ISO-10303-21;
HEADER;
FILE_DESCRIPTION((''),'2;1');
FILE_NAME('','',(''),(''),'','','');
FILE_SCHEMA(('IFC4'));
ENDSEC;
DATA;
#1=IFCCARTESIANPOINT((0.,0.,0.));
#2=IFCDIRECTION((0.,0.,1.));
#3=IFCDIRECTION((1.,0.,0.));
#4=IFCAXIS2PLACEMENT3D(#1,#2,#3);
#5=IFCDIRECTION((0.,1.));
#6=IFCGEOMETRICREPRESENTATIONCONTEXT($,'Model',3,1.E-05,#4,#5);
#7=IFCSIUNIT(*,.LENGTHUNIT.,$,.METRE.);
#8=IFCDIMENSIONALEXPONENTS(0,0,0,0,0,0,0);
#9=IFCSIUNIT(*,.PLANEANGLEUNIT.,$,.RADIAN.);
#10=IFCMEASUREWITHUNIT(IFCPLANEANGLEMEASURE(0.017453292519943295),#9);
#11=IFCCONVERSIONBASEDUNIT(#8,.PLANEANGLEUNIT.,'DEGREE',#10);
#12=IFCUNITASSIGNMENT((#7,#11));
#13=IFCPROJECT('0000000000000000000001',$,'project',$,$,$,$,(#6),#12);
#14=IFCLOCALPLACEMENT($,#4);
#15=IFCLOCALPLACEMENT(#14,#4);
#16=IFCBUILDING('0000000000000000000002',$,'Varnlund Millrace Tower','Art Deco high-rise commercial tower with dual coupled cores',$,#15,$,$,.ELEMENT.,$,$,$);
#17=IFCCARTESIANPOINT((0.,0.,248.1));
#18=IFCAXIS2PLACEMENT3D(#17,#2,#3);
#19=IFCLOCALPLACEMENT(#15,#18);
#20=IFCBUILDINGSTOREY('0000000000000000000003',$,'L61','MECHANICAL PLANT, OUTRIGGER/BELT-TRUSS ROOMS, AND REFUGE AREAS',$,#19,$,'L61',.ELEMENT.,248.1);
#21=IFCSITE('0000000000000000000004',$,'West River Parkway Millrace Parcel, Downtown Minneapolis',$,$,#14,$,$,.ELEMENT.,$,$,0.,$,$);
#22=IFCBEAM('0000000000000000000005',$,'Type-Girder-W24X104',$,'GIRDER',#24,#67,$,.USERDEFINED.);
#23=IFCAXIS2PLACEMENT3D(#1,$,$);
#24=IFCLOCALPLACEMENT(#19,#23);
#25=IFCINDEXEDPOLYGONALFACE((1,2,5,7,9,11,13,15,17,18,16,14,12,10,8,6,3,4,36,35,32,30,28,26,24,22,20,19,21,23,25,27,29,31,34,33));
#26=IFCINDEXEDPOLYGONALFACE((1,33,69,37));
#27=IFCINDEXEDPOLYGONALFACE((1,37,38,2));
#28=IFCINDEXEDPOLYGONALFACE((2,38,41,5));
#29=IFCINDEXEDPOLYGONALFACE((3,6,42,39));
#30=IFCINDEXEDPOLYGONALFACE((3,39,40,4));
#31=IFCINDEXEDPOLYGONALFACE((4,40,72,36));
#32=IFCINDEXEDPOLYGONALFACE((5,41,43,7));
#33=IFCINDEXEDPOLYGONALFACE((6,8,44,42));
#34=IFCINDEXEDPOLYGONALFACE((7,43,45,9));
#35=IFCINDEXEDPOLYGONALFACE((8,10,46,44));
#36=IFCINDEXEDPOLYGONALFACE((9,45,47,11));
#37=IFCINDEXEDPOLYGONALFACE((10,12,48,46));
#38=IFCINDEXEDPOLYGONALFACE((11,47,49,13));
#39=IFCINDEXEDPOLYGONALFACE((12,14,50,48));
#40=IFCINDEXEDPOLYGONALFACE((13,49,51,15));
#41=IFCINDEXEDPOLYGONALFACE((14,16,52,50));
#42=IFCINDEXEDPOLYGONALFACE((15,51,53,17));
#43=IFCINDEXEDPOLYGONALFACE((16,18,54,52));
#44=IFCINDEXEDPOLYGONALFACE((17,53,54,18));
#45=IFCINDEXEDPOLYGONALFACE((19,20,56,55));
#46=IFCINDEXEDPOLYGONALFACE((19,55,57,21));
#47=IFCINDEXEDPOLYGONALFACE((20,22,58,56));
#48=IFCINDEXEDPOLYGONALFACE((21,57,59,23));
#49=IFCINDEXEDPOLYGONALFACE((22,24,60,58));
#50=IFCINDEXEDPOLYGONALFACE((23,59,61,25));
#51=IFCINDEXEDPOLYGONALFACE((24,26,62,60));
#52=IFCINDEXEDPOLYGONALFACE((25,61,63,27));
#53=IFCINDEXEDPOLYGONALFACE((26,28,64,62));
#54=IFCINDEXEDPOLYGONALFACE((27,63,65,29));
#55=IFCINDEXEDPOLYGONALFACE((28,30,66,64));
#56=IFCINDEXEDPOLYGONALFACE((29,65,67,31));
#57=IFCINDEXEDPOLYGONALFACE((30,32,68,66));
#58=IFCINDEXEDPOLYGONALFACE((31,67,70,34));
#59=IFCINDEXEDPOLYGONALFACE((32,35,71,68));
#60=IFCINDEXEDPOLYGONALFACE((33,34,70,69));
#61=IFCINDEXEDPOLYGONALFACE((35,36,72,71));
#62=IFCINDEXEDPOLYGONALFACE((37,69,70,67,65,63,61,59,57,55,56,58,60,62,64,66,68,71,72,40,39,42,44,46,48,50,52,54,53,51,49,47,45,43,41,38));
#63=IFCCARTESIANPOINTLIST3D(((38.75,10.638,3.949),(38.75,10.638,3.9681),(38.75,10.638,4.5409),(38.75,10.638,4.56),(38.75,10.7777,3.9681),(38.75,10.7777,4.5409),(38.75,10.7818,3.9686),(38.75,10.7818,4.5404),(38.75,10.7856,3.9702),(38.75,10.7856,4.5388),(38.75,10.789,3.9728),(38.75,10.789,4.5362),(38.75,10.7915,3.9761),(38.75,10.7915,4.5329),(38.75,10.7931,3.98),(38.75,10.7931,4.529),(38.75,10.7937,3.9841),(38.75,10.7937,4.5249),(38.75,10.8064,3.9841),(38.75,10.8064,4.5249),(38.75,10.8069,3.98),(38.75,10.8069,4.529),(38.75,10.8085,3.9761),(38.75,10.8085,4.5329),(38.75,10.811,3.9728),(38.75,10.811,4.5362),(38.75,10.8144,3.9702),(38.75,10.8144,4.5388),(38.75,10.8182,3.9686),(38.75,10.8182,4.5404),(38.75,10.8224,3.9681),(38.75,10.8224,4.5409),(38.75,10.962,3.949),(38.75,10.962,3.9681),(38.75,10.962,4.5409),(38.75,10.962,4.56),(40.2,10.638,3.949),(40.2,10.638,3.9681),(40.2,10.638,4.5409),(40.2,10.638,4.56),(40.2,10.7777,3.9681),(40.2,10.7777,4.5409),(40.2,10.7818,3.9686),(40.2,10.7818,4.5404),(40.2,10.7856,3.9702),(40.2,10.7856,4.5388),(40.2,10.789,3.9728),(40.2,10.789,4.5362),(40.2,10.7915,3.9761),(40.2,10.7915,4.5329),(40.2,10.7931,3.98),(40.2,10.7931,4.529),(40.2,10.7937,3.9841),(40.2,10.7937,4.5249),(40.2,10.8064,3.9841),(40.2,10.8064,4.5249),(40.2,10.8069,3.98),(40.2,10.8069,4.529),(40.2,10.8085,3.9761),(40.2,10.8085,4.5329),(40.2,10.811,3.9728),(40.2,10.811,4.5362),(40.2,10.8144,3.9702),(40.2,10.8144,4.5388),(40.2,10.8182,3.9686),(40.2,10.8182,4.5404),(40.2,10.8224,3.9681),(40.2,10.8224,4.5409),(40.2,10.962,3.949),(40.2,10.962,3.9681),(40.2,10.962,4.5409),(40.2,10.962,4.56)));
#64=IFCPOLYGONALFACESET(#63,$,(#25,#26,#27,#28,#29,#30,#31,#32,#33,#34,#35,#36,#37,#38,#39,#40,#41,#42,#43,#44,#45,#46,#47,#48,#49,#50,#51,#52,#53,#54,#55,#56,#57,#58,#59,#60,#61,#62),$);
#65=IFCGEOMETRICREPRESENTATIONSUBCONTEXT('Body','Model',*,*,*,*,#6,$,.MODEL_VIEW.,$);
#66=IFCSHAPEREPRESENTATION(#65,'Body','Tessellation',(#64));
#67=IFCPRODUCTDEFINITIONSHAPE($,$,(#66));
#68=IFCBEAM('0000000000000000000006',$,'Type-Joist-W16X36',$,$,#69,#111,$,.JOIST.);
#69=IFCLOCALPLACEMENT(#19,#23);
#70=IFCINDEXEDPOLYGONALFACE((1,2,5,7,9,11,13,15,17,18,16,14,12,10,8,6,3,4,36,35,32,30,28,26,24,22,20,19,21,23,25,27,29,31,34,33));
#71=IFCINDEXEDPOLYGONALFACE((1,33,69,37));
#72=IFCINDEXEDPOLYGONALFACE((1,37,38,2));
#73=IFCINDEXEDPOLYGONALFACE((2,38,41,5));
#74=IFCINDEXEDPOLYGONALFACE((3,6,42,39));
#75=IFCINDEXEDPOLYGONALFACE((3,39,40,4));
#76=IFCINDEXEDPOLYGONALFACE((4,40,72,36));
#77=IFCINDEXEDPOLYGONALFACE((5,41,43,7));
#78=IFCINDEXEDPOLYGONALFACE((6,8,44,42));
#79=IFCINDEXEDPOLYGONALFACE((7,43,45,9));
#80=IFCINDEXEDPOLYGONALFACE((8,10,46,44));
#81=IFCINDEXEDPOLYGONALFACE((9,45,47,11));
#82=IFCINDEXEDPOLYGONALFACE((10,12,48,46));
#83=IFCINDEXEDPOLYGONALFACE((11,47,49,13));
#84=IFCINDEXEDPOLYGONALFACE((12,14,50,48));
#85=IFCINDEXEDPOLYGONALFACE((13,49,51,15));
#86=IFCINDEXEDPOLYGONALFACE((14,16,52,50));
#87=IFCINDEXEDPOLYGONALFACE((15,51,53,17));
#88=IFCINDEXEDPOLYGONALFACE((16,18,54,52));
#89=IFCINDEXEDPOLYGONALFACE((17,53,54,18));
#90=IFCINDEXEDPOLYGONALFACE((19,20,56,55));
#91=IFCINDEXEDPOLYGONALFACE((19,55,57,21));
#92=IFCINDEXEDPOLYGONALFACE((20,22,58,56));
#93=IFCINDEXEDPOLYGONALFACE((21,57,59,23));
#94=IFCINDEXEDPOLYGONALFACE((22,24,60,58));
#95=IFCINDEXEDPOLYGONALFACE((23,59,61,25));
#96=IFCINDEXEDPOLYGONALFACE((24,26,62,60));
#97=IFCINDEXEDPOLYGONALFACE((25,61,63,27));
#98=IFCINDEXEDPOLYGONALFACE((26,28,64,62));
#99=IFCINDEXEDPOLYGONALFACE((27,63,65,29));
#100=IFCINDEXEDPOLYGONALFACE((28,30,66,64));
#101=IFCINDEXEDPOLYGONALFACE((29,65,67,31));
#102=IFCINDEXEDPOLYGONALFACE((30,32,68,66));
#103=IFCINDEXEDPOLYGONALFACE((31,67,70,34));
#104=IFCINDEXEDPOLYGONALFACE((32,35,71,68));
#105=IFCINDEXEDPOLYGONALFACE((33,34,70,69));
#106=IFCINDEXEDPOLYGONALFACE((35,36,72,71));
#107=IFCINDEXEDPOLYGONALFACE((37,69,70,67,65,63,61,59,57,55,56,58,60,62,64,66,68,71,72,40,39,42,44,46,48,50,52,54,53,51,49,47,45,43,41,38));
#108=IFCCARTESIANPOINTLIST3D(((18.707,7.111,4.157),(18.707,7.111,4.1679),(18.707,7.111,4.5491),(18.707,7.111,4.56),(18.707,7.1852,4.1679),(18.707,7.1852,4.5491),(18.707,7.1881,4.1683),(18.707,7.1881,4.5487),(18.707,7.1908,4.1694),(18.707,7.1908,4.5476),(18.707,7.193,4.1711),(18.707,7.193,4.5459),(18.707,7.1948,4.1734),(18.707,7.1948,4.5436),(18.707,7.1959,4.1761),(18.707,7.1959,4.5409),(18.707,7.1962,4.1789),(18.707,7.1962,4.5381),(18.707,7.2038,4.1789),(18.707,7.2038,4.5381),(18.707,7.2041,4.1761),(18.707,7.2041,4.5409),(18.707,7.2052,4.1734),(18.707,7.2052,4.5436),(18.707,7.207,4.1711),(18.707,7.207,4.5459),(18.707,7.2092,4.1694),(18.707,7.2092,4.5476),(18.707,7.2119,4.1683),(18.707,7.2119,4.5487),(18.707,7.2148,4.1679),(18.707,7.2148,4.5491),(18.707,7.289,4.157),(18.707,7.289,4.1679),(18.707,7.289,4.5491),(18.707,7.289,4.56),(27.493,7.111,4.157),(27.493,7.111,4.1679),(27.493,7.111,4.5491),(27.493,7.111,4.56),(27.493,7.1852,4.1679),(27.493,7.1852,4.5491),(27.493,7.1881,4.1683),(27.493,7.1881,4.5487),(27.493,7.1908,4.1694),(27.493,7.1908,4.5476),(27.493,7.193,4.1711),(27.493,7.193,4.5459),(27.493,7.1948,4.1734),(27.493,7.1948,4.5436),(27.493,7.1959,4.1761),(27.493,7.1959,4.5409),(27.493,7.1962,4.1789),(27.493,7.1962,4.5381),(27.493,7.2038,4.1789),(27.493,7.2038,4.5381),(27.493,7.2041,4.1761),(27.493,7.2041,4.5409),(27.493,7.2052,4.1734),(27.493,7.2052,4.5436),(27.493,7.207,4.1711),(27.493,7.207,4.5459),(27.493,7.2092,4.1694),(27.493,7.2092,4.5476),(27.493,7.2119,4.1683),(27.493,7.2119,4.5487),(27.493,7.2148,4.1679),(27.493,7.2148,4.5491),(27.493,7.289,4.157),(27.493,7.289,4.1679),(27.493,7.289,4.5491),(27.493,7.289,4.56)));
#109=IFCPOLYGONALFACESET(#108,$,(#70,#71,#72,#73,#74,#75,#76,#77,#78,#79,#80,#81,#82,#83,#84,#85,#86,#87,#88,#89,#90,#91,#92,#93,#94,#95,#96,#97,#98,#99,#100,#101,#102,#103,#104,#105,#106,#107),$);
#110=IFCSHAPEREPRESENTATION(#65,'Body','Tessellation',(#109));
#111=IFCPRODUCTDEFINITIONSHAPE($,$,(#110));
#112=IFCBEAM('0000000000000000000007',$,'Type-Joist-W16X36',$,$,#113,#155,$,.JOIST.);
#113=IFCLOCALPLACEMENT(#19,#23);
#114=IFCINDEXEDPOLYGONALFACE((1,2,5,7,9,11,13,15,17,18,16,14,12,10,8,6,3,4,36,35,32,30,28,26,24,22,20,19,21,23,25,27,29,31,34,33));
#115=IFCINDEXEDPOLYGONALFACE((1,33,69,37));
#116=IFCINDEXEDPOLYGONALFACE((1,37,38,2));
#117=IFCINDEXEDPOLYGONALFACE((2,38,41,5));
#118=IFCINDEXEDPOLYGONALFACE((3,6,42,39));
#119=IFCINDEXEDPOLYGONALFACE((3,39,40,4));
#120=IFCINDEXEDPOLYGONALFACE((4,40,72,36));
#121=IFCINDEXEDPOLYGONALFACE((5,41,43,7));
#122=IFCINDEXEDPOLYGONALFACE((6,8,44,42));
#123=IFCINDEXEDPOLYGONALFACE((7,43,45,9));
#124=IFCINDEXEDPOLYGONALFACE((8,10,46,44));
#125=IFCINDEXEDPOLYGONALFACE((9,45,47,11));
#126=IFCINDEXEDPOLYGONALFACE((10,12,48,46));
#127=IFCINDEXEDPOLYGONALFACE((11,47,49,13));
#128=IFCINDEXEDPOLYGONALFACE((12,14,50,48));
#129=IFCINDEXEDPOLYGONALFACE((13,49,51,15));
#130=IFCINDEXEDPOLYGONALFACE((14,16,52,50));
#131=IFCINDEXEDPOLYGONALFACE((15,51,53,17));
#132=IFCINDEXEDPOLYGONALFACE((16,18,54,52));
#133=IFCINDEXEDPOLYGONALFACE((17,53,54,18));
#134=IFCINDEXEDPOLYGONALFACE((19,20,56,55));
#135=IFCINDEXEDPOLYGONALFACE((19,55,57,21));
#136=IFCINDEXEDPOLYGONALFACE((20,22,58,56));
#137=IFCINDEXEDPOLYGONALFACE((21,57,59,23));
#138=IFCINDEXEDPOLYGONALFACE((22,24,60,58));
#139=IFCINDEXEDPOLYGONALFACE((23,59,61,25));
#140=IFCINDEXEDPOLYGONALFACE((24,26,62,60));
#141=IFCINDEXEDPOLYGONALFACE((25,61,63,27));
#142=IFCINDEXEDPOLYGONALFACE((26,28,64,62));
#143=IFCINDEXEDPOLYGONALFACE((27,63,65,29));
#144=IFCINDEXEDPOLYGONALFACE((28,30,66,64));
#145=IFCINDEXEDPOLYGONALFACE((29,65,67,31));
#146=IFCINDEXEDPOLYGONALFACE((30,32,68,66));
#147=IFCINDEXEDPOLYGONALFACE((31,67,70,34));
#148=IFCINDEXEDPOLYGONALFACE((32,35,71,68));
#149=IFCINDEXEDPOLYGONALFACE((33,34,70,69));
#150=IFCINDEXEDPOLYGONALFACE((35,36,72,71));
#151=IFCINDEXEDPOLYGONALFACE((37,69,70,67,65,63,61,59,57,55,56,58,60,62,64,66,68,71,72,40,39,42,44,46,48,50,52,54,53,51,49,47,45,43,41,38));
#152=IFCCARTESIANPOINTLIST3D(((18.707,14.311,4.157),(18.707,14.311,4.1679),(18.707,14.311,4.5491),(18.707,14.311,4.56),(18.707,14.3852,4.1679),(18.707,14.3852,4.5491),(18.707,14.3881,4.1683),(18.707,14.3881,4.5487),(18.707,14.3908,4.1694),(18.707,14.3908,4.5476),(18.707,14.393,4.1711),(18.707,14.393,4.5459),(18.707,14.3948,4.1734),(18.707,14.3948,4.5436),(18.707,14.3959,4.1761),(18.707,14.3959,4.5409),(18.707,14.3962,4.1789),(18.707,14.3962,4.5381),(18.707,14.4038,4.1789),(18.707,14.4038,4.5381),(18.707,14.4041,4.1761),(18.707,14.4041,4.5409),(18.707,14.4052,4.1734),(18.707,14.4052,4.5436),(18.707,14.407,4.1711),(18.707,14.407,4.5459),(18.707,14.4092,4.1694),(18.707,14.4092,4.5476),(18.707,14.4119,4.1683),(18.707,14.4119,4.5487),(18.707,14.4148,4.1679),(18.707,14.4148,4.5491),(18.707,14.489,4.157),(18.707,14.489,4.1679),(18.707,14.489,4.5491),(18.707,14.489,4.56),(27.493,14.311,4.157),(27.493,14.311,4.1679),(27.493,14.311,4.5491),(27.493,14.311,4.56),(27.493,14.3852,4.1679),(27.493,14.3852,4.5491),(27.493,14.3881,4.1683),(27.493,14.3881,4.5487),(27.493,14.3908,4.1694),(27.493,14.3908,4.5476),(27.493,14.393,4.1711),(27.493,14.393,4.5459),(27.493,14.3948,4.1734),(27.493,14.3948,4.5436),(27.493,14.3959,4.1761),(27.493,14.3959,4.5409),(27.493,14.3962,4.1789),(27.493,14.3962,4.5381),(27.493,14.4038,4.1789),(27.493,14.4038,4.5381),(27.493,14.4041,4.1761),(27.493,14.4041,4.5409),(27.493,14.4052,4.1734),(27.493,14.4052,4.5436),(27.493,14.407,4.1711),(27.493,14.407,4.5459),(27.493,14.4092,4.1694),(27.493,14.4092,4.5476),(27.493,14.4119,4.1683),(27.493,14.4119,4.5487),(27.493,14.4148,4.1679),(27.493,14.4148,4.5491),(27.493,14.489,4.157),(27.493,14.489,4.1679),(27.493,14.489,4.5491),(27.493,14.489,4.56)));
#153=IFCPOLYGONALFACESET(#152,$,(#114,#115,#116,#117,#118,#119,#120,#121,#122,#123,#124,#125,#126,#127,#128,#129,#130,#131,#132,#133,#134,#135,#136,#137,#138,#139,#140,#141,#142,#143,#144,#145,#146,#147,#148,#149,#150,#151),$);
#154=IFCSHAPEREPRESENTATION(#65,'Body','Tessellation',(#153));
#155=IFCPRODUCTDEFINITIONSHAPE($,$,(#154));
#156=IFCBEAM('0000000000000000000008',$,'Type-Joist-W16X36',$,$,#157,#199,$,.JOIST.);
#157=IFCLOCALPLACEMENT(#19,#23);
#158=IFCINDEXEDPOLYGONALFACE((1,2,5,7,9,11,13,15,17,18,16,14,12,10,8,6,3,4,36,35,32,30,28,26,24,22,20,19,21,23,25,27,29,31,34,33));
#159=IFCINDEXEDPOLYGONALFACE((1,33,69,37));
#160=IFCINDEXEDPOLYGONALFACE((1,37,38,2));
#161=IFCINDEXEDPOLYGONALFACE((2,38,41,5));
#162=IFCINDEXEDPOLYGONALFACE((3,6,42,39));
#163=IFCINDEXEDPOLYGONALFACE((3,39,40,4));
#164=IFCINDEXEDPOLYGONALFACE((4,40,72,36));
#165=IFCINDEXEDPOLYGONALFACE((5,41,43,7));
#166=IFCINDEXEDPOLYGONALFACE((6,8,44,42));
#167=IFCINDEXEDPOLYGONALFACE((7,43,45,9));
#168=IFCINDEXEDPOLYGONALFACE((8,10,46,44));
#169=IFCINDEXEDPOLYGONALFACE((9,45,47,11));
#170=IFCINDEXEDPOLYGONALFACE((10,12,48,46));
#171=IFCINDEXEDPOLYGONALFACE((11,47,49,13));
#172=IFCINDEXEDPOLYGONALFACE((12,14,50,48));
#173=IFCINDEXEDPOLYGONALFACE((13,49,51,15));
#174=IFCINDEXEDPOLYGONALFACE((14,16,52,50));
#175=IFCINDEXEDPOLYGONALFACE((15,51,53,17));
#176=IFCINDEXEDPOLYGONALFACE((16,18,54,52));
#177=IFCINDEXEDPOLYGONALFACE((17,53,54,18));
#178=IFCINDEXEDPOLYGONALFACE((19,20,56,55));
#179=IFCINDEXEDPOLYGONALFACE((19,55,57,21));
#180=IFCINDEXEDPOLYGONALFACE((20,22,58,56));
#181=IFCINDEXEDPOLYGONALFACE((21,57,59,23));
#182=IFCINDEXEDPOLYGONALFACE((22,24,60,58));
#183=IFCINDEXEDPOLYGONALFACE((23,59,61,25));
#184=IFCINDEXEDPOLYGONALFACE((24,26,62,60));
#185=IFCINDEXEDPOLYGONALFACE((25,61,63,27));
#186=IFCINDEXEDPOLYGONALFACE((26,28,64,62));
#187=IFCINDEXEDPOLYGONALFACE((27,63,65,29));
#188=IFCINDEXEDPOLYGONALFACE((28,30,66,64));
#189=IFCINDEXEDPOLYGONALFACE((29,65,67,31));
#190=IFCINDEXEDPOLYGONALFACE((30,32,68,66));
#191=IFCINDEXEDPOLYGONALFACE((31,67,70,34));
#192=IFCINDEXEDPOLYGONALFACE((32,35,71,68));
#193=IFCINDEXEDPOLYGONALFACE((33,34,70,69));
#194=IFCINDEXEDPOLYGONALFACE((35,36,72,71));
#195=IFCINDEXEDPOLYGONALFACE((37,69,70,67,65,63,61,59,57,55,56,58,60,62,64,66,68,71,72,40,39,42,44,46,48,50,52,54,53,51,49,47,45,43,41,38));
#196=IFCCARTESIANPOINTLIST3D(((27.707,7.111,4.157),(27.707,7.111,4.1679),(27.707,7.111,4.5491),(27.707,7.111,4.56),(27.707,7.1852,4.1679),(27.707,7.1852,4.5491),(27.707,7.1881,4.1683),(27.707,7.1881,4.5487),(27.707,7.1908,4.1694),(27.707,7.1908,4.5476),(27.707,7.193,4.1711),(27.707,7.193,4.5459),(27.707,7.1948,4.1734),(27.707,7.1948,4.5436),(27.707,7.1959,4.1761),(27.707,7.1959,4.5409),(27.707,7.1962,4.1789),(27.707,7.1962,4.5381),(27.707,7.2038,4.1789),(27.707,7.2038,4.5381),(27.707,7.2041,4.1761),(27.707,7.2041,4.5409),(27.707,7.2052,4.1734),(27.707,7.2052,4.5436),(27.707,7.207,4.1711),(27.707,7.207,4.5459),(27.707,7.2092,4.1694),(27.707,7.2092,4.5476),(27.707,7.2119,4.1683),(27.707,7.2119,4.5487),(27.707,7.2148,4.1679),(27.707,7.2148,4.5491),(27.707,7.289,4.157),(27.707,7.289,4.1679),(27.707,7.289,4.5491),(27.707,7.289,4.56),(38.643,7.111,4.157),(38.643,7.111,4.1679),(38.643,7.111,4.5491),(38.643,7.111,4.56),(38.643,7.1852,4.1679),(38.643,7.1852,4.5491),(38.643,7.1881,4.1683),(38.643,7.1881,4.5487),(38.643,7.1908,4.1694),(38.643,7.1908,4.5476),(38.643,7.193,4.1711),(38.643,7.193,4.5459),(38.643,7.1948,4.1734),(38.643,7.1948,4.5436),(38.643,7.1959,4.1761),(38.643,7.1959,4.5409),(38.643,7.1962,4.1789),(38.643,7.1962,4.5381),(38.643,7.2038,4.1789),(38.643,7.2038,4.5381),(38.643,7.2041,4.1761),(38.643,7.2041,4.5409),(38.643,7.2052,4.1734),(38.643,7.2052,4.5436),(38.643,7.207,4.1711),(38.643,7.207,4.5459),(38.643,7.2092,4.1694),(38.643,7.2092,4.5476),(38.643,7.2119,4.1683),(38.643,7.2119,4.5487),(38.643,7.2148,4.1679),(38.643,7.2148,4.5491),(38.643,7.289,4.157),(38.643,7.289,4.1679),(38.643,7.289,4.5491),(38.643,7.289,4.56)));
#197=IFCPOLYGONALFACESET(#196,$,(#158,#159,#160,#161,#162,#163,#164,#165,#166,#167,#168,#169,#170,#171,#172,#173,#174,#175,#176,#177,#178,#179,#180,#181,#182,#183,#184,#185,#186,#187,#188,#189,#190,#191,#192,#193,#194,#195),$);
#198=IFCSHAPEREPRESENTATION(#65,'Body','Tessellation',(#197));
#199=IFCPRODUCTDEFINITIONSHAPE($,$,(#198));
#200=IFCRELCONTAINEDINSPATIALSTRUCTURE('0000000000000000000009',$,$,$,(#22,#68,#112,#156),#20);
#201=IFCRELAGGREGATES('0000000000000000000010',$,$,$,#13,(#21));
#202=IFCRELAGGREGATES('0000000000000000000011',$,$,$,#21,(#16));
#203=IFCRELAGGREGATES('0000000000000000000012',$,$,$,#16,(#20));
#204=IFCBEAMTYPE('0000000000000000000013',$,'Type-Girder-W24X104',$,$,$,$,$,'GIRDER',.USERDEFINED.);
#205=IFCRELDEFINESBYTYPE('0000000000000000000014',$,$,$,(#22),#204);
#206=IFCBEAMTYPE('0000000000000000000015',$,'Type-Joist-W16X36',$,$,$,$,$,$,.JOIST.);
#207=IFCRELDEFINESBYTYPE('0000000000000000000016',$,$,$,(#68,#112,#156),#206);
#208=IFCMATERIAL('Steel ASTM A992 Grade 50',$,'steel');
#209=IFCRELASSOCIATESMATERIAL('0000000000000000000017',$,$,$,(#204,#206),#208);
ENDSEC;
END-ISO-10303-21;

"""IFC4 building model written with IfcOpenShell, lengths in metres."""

from ifc_helpers import new_model, entity, si_unit, converted_unit, direction, frame, origin_with_axes, origin_2d_with_axis, place, context, subcontext, project, spatial, i_section, extrude, material, material_profile, profile_set, type_object, element, save


model = new_model("IFC4")

# Units and contexts
model_context = context("Model", 3, precision=1e-05, world=origin_with_axes(), true_north=direction((0.0, 1.0)))
body_context = subcontext(model_context, "Body", "Model", "MODEL_VIEW")
ifc_project = project(units=[si_unit("LENGTHUNIT", "METRE"), converted_unit("PLANEANGLEUNIT", "DEGREE", entity("IfcPlaneAngleMeasure", 0.017453292519943295), si_unit("PLANEANGLEUNIT", "RADIAN"), dimensions=[0, 0, 0, 0, 0, 0, 0])], contexts=[model_context])

# Site, building, storey
site_placement = place(None, origin_with_axes())
site = spatial("IfcSite", under=ifc_project, at=site_placement, Name="West River Parkway Millrace Parcel, Downtown Minneapolis", CompositionType="ELEMENT", RefElevation=0.0)
building_placement = place(site_placement, origin_with_axes())
building = spatial("IfcBuilding", under=site, at=building_placement, Name="Varnlund Millrace Tower", Description="Art Deco high-rise commercial tower with dual coupled cores", CompositionType="ELEMENT")
storey_placement = place(building_placement, frame((0.0, 0.0, 248.1), z_axis=(0.0, 0.0, 1.0), x_axis=(1.0, 0.0, 0.0)))
storey = spatial("IfcBuildingStorey", under=building, at=storey_placement, Name="L61", Description="MECHANICAL PLANT, OUTRIGGER/BELT-TRUSS ROOMS, AND REFUGE AREAS", LongName="L61", CompositionType="ELEMENT", Elevation=248.1)

# Shared definitions
ifc_material_1 = material(Name="Steel ASTM A992 Grade 50", Category="steel")

# Beams
ifc_material_profile_1 = material_profile(ifc_material_1, i_section(OverallWidth=0.324, OverallDepth=0.611, WebThickness=0.0127, FlangeThickness=0.0191, FilletRadius=0.016, at=origin_2d_with_axis()), Name="Steel ASTM A992 Grade 50")
ifc_profile_set_1 = profile_set([ifc_material_profile_1], Name="Steel ASTM A992 Grade 50")
beam_type_1 = type_object("IfcBeamType", Name="Type-Girder-W24X104", ElementType="GIRDER", PredefinedType="USERDEFINED", material=ifc_profile_set_1)
beam_1_placement = place(storey_placement, frame((38.75, 10.8, 4.2545), z_axis=(1.0, 0.0, 0.0), x_axis=(0.0, 1.0, 0.0)))
element("IfcBeam", 1, at=beam_1_placement, inside=storey, type_object=beam_type_1, Name="Type-Girder-W24X104", ObjectType="GIRDER", PredefinedType="USERDEFINED", context=body_context, shape_type="SweptSolid", body=[
    extrude(i_section(OverallWidth=0.324, OverallDepth=0.611, WebThickness=0.0127, FlangeThickness=0.0191, FilletRadius=0.016, at=origin_2d_with_axis()), origin_with_axes(), (0.0, 0.0, 1.0), 1.45),
])
ifc_material_profile_2 = material_profile(ifc_material_1, i_section(OverallWidth=0.178, OverallDepth=0.403, WebThickness=0.0075, FlangeThickness=0.0109, FilletRadius=0.011, at=origin_2d_with_axis()), Name="Steel ASTM A992 Grade 50")
ifc_profile_set_2 = profile_set([ifc_material_profile_2], Name="Steel ASTM A992 Grade 50")
beam_type_2 = type_object("IfcBeamType", Name="Type-Joist-W16X36", PredefinedType="JOIST", material=ifc_profile_set_2)
for number, where, z_axis, x_axis, name in (
    (2, (18.707, 7.2, 4.3585), (1.0, 0.0, 0.0), (0.0, 1.0, 0.0), "Type-Joist-W16X36"),
    (3, (18.707, 14.4, 4.3585), (1.0, 0.0, 0.0), (0.0, 1.0, 0.0), "Type-Joist-W16X36"),
):
    element("IfcBeam", number, at=place(storey_placement, frame(where, z_axis=z_axis, x_axis=x_axis)), inside=storey, type_object=beam_type_2, Name=name, PredefinedType="JOIST", context=body_context, shape_type="SweptSolid", body=[
        extrude(i_section(OverallWidth=0.178, OverallDepth=0.403, WebThickness=0.0075, FlangeThickness=0.0109, FilletRadius=0.011, at=origin_2d_with_axis()), origin_with_axes(), (0.0, 0.0, 1.0), 8.786),
    ])
for number, where, z_axis, x_axis, name in (
    (4, (27.707, 7.2, 4.3585), (1.0, 0.0, 0.0), (0.0, 1.0, 0.0), "Type-Joist-W16X36"),
):
    element("IfcBeam", number, at=place(storey_placement, frame(where, z_axis=z_axis, x_axis=x_axis)), inside=storey, type_object=beam_type_2, Name=name, PredefinedType="JOIST", context=body_context, shape_type="SweptSolid", body=[
        extrude(i_section(OverallWidth=0.178, OverallDepth=0.403, WebThickness=0.0075, FlangeThickness=0.0109, FilletRadius=0.011, at=origin_2d_with_axis()), origin_with_axes(), (0.0, 0.0, 1.0), 10.936),
    ])

save(model, "model.ifc")
